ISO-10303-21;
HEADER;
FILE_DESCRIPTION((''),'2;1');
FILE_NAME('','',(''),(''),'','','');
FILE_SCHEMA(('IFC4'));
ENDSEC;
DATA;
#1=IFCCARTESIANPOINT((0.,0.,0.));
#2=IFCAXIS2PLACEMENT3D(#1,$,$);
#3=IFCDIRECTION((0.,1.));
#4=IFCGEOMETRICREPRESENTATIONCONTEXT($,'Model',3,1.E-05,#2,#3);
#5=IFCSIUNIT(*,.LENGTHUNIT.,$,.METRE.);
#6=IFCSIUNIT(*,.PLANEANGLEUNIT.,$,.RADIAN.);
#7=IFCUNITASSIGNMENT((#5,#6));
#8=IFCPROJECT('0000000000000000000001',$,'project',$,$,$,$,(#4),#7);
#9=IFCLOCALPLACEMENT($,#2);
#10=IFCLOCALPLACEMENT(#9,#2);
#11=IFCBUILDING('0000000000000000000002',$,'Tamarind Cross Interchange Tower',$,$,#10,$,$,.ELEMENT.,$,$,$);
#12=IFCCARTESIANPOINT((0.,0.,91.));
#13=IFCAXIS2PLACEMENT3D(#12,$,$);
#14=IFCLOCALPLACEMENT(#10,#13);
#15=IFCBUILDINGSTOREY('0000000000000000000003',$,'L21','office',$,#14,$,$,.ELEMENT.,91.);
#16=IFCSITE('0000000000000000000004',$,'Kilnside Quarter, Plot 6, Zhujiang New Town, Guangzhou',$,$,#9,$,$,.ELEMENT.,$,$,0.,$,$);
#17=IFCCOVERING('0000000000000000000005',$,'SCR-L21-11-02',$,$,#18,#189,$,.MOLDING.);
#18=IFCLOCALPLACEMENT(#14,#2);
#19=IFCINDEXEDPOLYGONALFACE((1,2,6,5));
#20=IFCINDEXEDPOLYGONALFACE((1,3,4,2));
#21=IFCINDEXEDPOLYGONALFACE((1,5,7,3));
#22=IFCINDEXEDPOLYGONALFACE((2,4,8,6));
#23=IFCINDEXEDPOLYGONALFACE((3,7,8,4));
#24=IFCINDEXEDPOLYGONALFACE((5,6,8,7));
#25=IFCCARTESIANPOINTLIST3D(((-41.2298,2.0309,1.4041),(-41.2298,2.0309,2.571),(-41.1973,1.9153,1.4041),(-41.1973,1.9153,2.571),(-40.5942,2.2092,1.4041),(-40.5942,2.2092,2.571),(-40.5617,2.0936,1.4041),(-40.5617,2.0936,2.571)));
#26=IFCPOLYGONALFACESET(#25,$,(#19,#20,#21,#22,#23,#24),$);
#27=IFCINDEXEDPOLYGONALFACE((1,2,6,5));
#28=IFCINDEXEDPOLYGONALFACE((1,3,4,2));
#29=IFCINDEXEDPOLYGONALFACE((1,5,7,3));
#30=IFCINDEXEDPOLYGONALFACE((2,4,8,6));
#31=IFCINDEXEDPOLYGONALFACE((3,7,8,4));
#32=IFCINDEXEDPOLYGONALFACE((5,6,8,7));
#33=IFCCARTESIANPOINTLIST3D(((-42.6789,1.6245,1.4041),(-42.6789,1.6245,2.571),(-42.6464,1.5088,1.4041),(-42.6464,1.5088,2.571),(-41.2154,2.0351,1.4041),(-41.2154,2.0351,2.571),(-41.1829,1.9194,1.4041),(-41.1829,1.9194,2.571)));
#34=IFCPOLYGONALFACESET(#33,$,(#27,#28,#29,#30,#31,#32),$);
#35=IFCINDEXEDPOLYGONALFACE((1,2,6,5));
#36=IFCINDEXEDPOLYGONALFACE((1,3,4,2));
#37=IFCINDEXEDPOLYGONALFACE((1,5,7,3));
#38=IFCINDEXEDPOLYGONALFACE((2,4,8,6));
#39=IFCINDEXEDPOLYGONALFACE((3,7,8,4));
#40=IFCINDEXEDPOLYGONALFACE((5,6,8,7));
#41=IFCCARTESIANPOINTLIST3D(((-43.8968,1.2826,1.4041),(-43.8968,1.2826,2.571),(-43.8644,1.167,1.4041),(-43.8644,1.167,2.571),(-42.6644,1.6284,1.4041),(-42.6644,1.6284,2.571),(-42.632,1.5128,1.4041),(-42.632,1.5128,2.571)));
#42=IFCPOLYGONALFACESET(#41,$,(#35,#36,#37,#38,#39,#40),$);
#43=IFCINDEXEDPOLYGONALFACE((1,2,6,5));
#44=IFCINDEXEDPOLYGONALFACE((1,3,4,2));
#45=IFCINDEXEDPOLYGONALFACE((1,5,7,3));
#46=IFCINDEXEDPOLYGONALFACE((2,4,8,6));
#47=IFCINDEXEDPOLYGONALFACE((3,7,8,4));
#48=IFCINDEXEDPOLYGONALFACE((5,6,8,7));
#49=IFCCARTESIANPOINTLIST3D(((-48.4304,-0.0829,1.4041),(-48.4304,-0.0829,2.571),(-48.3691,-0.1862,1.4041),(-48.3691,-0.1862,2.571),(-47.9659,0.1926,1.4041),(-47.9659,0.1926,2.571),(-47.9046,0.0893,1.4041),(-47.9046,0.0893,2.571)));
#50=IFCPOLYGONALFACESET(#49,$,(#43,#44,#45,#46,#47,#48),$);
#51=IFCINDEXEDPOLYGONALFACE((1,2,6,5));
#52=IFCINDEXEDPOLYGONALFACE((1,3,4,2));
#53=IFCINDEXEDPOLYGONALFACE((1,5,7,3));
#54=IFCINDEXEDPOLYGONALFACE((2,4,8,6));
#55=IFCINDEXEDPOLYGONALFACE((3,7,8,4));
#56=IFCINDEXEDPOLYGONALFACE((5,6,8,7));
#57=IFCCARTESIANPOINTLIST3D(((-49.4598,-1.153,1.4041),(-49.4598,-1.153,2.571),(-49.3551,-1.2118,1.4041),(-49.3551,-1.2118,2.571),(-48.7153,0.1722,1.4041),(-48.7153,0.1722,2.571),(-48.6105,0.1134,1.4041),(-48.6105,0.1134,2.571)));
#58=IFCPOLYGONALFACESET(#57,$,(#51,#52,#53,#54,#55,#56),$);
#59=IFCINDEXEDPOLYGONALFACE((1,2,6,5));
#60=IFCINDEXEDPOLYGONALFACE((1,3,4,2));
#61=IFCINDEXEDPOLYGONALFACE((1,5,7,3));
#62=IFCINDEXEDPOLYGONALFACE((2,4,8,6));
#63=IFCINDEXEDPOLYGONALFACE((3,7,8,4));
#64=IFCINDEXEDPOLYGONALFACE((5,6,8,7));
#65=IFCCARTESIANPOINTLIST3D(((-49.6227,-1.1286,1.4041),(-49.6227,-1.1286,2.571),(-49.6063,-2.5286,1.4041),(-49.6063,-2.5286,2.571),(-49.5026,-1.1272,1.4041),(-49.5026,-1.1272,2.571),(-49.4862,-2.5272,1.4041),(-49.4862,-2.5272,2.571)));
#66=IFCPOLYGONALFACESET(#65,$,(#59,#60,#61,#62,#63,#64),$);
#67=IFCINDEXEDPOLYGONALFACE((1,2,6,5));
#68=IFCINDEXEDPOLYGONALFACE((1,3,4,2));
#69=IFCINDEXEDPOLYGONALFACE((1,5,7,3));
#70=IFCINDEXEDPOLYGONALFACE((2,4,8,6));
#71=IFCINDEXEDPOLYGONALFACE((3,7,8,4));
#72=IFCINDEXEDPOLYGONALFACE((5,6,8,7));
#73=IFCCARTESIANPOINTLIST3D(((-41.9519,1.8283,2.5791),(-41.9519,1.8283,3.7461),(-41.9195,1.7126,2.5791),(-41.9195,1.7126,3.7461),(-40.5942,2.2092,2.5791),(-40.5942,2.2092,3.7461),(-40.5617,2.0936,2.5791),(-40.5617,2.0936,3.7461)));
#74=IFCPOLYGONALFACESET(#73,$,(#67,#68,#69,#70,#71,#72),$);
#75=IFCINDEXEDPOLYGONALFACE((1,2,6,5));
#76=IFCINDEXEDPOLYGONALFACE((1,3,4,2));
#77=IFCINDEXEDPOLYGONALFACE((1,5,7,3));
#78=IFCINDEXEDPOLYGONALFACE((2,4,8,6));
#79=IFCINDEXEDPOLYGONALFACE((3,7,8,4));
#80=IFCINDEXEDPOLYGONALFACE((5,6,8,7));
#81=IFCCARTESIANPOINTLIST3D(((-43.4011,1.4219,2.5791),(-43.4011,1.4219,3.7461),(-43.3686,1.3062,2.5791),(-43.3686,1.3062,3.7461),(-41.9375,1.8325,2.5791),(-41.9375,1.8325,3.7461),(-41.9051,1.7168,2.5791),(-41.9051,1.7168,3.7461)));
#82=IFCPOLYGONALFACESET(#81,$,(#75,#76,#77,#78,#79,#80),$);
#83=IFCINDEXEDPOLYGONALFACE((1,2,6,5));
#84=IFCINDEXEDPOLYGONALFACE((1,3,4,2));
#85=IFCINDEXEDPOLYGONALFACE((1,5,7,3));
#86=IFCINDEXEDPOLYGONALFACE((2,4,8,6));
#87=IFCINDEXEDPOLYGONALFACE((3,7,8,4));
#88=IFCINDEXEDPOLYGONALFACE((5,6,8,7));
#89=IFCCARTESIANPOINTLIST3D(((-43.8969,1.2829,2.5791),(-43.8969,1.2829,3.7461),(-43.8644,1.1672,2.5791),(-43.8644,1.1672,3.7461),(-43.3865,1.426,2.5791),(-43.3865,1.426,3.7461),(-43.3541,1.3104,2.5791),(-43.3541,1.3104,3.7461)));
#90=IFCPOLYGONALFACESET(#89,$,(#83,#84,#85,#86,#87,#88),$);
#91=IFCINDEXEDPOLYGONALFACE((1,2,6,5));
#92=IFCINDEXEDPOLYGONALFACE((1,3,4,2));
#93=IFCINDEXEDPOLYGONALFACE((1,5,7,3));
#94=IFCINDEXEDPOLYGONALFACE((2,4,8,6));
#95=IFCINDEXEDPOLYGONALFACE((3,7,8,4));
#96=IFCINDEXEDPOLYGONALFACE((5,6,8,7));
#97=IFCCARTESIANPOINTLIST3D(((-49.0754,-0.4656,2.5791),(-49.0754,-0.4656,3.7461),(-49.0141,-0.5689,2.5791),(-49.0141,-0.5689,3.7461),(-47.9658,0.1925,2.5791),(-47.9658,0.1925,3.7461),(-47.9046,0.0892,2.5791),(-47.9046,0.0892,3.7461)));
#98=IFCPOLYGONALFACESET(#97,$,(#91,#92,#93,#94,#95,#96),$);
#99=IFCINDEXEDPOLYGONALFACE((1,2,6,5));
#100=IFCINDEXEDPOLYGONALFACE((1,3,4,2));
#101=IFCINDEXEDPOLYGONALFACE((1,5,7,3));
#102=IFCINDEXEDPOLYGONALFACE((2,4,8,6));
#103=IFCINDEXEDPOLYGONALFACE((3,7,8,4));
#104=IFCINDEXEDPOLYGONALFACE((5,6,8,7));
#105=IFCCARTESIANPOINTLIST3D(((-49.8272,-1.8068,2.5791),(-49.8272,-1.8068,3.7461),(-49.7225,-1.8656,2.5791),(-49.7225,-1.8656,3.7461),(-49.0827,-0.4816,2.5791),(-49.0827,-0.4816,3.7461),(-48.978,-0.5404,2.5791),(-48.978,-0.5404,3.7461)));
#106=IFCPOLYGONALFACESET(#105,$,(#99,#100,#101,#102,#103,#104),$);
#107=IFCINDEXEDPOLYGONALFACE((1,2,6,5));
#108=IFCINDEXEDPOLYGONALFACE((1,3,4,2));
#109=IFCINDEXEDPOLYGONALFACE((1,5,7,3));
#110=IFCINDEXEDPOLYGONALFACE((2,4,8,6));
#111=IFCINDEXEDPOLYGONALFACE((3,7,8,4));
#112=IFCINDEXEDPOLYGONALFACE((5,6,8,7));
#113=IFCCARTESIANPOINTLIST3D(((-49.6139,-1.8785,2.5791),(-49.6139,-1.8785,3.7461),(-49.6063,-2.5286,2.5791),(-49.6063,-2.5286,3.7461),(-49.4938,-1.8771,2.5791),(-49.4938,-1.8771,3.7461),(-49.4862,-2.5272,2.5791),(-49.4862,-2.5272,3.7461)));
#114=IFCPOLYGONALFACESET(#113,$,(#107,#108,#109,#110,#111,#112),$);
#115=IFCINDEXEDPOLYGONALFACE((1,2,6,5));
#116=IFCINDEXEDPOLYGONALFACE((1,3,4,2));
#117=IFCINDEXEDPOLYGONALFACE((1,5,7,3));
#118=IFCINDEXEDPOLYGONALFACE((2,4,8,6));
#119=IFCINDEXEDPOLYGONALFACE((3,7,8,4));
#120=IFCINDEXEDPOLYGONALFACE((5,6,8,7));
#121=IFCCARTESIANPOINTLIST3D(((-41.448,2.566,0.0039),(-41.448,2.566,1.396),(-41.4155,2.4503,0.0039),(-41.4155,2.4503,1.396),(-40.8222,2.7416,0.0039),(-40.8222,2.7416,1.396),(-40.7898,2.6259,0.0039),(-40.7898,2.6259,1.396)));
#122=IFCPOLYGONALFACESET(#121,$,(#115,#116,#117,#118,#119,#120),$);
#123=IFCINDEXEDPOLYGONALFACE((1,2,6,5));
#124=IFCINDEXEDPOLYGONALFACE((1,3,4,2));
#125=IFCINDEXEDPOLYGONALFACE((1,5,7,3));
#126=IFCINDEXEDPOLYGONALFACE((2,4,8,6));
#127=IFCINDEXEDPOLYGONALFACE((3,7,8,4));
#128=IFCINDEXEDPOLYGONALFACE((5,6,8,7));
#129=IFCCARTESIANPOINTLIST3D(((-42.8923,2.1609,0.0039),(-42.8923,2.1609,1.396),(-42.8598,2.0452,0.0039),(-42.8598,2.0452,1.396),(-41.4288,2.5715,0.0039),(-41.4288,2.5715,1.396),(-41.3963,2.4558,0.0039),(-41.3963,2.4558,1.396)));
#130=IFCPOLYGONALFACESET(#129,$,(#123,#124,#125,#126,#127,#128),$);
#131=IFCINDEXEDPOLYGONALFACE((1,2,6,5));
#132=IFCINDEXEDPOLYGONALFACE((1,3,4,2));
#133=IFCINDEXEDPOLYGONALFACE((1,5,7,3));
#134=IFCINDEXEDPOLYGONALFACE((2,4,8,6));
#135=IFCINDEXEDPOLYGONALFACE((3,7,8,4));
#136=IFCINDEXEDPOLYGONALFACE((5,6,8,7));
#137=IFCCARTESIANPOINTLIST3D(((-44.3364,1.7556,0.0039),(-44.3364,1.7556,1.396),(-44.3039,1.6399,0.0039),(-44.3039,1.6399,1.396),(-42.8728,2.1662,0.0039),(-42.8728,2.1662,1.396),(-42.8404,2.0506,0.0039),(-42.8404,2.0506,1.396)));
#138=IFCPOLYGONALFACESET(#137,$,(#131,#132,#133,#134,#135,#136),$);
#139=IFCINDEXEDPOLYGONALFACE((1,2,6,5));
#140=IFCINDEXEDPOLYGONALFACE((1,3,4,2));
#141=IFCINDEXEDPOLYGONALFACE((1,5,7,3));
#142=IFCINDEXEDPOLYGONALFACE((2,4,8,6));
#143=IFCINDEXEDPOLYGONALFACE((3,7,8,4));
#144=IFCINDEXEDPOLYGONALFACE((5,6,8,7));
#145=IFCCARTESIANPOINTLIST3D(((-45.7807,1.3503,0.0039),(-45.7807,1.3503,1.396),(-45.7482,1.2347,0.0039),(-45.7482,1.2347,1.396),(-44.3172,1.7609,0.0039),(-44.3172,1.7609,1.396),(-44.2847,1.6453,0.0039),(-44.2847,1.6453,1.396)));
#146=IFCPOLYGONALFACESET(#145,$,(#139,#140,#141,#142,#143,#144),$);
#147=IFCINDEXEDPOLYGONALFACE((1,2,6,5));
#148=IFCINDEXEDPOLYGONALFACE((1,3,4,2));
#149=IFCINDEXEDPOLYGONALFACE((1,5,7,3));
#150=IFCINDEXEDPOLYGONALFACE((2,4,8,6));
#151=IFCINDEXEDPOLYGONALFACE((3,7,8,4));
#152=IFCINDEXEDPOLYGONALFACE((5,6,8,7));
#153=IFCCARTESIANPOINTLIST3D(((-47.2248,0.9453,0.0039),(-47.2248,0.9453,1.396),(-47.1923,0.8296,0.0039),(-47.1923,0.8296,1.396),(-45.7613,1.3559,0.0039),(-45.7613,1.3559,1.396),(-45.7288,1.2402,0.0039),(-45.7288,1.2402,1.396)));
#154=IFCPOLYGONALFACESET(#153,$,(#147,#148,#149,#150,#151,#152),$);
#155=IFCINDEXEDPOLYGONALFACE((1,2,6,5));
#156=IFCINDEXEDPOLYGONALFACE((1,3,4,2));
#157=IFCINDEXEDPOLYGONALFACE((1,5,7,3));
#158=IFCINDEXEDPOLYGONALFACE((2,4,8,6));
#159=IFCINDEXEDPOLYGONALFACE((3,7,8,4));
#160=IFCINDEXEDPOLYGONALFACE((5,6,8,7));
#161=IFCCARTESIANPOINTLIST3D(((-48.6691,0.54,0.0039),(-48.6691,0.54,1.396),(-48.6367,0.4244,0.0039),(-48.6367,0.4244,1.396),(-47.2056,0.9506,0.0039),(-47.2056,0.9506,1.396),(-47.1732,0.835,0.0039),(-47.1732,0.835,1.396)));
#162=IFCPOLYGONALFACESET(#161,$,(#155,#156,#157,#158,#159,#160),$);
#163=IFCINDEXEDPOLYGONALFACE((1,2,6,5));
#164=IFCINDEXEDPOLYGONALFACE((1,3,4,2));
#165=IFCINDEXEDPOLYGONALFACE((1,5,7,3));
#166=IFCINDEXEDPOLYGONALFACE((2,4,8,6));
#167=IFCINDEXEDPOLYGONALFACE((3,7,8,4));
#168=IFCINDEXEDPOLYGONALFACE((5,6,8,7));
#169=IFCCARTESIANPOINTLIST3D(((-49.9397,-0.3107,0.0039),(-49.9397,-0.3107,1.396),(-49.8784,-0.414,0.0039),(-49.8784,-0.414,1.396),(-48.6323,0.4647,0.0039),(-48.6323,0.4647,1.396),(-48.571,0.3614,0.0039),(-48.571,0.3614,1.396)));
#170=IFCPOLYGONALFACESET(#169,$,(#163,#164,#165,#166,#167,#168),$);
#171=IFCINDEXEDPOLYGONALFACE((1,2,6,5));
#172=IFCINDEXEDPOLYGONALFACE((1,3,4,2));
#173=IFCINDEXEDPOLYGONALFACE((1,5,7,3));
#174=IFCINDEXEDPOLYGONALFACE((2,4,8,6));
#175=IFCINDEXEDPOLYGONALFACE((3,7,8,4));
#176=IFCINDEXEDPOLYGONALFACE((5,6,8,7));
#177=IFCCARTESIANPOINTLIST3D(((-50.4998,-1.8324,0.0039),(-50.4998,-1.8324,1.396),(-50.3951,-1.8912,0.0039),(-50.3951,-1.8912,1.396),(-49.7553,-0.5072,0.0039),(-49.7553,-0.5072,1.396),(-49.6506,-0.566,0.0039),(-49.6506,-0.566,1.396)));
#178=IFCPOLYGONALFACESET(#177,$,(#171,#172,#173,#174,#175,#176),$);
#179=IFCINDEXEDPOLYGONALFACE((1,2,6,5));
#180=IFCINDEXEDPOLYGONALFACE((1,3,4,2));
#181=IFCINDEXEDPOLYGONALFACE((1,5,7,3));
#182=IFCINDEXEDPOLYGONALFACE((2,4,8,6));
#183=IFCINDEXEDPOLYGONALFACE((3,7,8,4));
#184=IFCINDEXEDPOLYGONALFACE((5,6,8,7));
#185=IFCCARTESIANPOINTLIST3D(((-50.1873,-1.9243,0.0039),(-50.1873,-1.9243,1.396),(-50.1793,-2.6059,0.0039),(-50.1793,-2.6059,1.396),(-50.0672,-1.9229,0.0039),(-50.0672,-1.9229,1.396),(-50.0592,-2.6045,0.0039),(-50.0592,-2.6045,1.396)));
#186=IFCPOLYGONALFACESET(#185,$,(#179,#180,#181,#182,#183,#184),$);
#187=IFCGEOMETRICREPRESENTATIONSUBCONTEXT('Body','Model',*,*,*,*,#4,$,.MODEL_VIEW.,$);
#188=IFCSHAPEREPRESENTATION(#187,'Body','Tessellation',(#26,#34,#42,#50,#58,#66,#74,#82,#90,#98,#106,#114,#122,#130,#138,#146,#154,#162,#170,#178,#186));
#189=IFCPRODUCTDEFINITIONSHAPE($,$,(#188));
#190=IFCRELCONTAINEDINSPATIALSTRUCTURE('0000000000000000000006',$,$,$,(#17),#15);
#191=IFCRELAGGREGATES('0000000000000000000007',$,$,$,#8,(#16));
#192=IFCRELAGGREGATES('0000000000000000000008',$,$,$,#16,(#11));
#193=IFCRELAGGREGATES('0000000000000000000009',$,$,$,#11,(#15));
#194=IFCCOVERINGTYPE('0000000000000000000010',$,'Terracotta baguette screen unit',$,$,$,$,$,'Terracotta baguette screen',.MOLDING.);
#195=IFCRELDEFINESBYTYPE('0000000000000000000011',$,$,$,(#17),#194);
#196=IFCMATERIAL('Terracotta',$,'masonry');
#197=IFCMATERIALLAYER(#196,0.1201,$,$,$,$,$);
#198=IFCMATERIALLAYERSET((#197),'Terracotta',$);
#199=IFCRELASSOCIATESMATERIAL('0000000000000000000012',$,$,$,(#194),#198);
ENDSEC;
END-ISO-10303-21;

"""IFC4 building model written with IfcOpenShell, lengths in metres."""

from ifc_helpers import new_model, si_unit, direction, frame, origin, origin_2d, place, context, subcontext, project, spatial, rectangle, extrude, material, layer, layer_set, type_object, element, save


model = new_model("IFC4")

# Units and contexts
model_context = context("Model", 3, precision=1e-05, world=origin(), true_north=direction((0.0, 1.0)))
body_context = subcontext(model_context, "Body", "Model", "MODEL_VIEW")
ifc_project = project(units=[si_unit("LENGTHUNIT", "METRE"), si_unit("PLANEANGLEUNIT", "RADIAN")], contexts=[model_context])

# Site, building, storey
site_placement = place(None, origin())
site = spatial("IfcSite", under=ifc_project, at=site_placement, Name="Kilnside Quarter, Plot 6, Zhujiang New Town, Guangzhou", CompositionType="ELEMENT", RefElevation=0.0)
building_placement = place(site_placement, origin())
building = spatial("IfcBuilding", under=site, at=building_placement, Name="Tamarind Cross Interchange Tower", CompositionType="ELEMENT")
storey_placement = place(building_placement, frame((0.0, 0.0, 91.0)))
storey = spatial("IfcBuildingStorey", under=building, at=storey_placement, Name="L21", Description="office", CompositionType="ELEMENT", Elevation=91.0)

# Covering
ifc_material_1 = material(Name="Terracotta", Category="masonry")
ifc_layer_1 = layer(ifc_material_1, 0.1201)
ifc_layer_set_1 = layer_set([ifc_layer_1], Name="Terracotta")
covering_type = type_object("IfcCoveringType", Name="Terracotta baguette screen unit", ElementType="Terracotta baguette screen", PredefinedType="MOLDING", material=ifc_layer_set_1)
covering_1_placement = place(storey_placement, origin())
element("IfcCovering", 1, at=covering_1_placement, inside=storey, type_object=covering_type, Name="SCR-L21-11-02", PredefinedType="MOLDING", context=body_context, shape_type="SweptSolid", body=[
    extrude(rectangle(XDim=0.6602, YDim=0.1201, at=origin_2d()), frame((-40.8958, 2.0623, 1.4041), z_axis=(0.0, 0.0, 1.0), x_axis=(-0.962824, -0.27013, 0.0)), (0.0, 0.0, 1.0), 1.167),
    extrude(rectangle(XDim=1.52, YDim=0.1201, at=origin_2d()), frame((-41.9309, 1.772, 1.4041), z_axis=(0.0, 0.0, 1.0), x_axis=(-0.962824, -0.27013, 0.0)), (0.0, 0.0, 1.0), 1.167),
    extrude(rectangle(XDim=1.28, YDim=0.1201, at=origin_2d()), frame((-43.2644, 1.3977, 1.4041), z_axis=(0.0, 0.0, 1.0), x_axis=(-0.962824, -0.27013, 0.0)), (0.0, 0.0, 1.0), 1.167),
    extrude(rectangle(XDim=0.54, YDim=0.1201, at=origin_2d()), frame((-48.1675, 0.0032, 1.4041), z_axis=(0.0, 0.0, 1.0), x_axis=(-0.860102, -0.510123, 0.0)), (0.0, 0.0, 1.0), 1.167),
    extrude(rectangle(XDim=1.52, YDim=0.1201, at=origin_2d()), frame((-49.0352, -0.5198, 1.4041), z_axis=(0.0, 0.0, 1.0), x_axis=(-0.489809, -0.87183, 0.0)), (0.0, 0.0, 1.0), 1.167),
    extrude(rectangle(XDim=1.4001, YDim=0.1201, at=origin_2d()), frame((-49.5544, -1.8279, 1.4041), z_axis=(0.0, 0.0, 1.0), x_axis=(0.011728, -0.999931, 0.0)), (0.0, 0.0, 1.0), 1.167),
    extrude(rectangle(XDim=1.4102, YDim=0.1201, at=origin_2d()), frame((-41.2568, 1.9609, 2.5791), z_axis=(0.0, 0.0, 1.0), x_axis=(-0.962824, -0.27013, 0.0)), (0.0, 0.0, 1.0), 1.167),
    extrude(rectangle(XDim=1.52, YDim=0.1201, at=origin_2d()), frame((-42.6531, 1.5693, 2.5791), z_axis=(0.0, 0.0, 1.0), x_axis=(-0.962824, -0.27013, 0.0)), (0.0, 0.0, 1.0), 1.167),
    extrude(rectangle(XDim=0.53, YDim=0.1201, at=origin_2d()), frame((-43.6255, 1.2966, 2.5791), z_axis=(0.0, 0.0, 1.0), x_axis=(-0.962824, -0.27013, 0.0)), (0.0, 0.0, 1.0), 1.167),
    extrude(rectangle(XDim=1.29, YDim=0.1201, at=origin_2d()), frame((-48.49, -0.1882, 2.5791), z_axis=(0.0, 0.0, 1.0), x_axis=(-0.860102, -0.510123, 0.0)), (0.0, 0.0, 1.0), 1.167),
    extrude(rectangle(XDim=1.52, YDim=0.1201, at=origin_2d()), frame((-49.4026, -1.1736, 2.5791), z_axis=(0.0, 0.0, 1.0), x_axis=(-0.489809, -0.87183, 0.0)), (0.0, 0.0, 1.0), 1.167),
    extrude(rectangle(XDim=0.6501, YDim=0.1201, at=origin_2d()), frame((-49.55, -2.2029, 2.5791), z_axis=(0.0, 0.0, 1.0), x_axis=(0.011728, -0.999931, 0.0)), (0.0, 0.0, 1.0), 1.167),
    extrude(rectangle(XDim=0.6499, YDim=0.1201, at=origin_2d()), frame((-41.1189, 2.5959, 0.0039), z_axis=(0.0, 0.0, 1.0), x_axis=(-0.962824, -0.27013, 0.0)), (0.0, 0.0, 1.0), 1.3921),
    extrude(rectangle(XDim=1.52, YDim=0.1201, at=origin_2d()), frame((-42.1443, 2.3083, 0.0039), z_axis=(0.0, 0.0, 1.0), x_axis=(-0.962824, -0.27013, 0.0)), (0.0, 0.0, 1.0), 1.3921),
    extrude(rectangle(XDim=1.52, YDim=0.1201, at=origin_2d()), frame((-43.5884, 1.9031, 0.0039), z_axis=(0.0, 0.0, 1.0), x_axis=(-0.962824, -0.27013, 0.0)), (0.0, 0.0, 1.0), 1.3921),
    extrude(rectangle(XDim=1.52, YDim=0.1201, at=origin_2d()), frame((-45.0327, 1.4978, 0.0039), z_axis=(0.0, 0.0, 1.0), x_axis=(-0.962824, -0.27013, 0.0)), (0.0, 0.0, 1.0), 1.3921),
    extrude(rectangle(XDim=1.52, YDim=0.1201, at=origin_2d()), frame((-46.4768, 1.0928, 0.0039), z_axis=(0.0, 0.0, 1.0), x_axis=(-0.962824, -0.27013, 0.0)), (0.0, 0.0, 1.0), 1.3921),
    extrude(rectangle(XDim=1.52, YDim=0.1201, at=origin_2d()), frame((-47.9211, 0.6875, 0.0039), z_axis=(0.0, 0.0, 1.0), x_axis=(-0.962824, -0.27013, 0.0)), (0.0, 0.0, 1.0), 1.3921),
    extrude(rectangle(XDim=1.52, YDim=0.1201, at=origin_2d()), frame((-49.2554, 0.0254, 0.0039), z_axis=(0.0, 0.0, 1.0), x_axis=(-0.860102, -0.510123, 0.0)), (0.0, 0.0, 1.0), 1.3921),
    extrude(rectangle(XDim=1.52, YDim=0.1201, at=origin_2d()), frame((-50.0752, -1.1992, 0.0039), z_axis=(0.0, 0.0, 1.0), x_axis=(-0.489809, -0.87183, 0.0)), (0.0, 0.0, 1.0), 1.3921),
    extrude(rectangle(XDim=0.6816, YDim=0.1201, at=origin_2d()), frame((-50.1233, -2.2644, 0.0039), z_axis=(0.0, 0.0, 1.0), x_axis=(0.011728, -0.999931, 0.0)), (0.0, 0.0, 1.0), 1.3921),
])

save(model, "model.ifc")
